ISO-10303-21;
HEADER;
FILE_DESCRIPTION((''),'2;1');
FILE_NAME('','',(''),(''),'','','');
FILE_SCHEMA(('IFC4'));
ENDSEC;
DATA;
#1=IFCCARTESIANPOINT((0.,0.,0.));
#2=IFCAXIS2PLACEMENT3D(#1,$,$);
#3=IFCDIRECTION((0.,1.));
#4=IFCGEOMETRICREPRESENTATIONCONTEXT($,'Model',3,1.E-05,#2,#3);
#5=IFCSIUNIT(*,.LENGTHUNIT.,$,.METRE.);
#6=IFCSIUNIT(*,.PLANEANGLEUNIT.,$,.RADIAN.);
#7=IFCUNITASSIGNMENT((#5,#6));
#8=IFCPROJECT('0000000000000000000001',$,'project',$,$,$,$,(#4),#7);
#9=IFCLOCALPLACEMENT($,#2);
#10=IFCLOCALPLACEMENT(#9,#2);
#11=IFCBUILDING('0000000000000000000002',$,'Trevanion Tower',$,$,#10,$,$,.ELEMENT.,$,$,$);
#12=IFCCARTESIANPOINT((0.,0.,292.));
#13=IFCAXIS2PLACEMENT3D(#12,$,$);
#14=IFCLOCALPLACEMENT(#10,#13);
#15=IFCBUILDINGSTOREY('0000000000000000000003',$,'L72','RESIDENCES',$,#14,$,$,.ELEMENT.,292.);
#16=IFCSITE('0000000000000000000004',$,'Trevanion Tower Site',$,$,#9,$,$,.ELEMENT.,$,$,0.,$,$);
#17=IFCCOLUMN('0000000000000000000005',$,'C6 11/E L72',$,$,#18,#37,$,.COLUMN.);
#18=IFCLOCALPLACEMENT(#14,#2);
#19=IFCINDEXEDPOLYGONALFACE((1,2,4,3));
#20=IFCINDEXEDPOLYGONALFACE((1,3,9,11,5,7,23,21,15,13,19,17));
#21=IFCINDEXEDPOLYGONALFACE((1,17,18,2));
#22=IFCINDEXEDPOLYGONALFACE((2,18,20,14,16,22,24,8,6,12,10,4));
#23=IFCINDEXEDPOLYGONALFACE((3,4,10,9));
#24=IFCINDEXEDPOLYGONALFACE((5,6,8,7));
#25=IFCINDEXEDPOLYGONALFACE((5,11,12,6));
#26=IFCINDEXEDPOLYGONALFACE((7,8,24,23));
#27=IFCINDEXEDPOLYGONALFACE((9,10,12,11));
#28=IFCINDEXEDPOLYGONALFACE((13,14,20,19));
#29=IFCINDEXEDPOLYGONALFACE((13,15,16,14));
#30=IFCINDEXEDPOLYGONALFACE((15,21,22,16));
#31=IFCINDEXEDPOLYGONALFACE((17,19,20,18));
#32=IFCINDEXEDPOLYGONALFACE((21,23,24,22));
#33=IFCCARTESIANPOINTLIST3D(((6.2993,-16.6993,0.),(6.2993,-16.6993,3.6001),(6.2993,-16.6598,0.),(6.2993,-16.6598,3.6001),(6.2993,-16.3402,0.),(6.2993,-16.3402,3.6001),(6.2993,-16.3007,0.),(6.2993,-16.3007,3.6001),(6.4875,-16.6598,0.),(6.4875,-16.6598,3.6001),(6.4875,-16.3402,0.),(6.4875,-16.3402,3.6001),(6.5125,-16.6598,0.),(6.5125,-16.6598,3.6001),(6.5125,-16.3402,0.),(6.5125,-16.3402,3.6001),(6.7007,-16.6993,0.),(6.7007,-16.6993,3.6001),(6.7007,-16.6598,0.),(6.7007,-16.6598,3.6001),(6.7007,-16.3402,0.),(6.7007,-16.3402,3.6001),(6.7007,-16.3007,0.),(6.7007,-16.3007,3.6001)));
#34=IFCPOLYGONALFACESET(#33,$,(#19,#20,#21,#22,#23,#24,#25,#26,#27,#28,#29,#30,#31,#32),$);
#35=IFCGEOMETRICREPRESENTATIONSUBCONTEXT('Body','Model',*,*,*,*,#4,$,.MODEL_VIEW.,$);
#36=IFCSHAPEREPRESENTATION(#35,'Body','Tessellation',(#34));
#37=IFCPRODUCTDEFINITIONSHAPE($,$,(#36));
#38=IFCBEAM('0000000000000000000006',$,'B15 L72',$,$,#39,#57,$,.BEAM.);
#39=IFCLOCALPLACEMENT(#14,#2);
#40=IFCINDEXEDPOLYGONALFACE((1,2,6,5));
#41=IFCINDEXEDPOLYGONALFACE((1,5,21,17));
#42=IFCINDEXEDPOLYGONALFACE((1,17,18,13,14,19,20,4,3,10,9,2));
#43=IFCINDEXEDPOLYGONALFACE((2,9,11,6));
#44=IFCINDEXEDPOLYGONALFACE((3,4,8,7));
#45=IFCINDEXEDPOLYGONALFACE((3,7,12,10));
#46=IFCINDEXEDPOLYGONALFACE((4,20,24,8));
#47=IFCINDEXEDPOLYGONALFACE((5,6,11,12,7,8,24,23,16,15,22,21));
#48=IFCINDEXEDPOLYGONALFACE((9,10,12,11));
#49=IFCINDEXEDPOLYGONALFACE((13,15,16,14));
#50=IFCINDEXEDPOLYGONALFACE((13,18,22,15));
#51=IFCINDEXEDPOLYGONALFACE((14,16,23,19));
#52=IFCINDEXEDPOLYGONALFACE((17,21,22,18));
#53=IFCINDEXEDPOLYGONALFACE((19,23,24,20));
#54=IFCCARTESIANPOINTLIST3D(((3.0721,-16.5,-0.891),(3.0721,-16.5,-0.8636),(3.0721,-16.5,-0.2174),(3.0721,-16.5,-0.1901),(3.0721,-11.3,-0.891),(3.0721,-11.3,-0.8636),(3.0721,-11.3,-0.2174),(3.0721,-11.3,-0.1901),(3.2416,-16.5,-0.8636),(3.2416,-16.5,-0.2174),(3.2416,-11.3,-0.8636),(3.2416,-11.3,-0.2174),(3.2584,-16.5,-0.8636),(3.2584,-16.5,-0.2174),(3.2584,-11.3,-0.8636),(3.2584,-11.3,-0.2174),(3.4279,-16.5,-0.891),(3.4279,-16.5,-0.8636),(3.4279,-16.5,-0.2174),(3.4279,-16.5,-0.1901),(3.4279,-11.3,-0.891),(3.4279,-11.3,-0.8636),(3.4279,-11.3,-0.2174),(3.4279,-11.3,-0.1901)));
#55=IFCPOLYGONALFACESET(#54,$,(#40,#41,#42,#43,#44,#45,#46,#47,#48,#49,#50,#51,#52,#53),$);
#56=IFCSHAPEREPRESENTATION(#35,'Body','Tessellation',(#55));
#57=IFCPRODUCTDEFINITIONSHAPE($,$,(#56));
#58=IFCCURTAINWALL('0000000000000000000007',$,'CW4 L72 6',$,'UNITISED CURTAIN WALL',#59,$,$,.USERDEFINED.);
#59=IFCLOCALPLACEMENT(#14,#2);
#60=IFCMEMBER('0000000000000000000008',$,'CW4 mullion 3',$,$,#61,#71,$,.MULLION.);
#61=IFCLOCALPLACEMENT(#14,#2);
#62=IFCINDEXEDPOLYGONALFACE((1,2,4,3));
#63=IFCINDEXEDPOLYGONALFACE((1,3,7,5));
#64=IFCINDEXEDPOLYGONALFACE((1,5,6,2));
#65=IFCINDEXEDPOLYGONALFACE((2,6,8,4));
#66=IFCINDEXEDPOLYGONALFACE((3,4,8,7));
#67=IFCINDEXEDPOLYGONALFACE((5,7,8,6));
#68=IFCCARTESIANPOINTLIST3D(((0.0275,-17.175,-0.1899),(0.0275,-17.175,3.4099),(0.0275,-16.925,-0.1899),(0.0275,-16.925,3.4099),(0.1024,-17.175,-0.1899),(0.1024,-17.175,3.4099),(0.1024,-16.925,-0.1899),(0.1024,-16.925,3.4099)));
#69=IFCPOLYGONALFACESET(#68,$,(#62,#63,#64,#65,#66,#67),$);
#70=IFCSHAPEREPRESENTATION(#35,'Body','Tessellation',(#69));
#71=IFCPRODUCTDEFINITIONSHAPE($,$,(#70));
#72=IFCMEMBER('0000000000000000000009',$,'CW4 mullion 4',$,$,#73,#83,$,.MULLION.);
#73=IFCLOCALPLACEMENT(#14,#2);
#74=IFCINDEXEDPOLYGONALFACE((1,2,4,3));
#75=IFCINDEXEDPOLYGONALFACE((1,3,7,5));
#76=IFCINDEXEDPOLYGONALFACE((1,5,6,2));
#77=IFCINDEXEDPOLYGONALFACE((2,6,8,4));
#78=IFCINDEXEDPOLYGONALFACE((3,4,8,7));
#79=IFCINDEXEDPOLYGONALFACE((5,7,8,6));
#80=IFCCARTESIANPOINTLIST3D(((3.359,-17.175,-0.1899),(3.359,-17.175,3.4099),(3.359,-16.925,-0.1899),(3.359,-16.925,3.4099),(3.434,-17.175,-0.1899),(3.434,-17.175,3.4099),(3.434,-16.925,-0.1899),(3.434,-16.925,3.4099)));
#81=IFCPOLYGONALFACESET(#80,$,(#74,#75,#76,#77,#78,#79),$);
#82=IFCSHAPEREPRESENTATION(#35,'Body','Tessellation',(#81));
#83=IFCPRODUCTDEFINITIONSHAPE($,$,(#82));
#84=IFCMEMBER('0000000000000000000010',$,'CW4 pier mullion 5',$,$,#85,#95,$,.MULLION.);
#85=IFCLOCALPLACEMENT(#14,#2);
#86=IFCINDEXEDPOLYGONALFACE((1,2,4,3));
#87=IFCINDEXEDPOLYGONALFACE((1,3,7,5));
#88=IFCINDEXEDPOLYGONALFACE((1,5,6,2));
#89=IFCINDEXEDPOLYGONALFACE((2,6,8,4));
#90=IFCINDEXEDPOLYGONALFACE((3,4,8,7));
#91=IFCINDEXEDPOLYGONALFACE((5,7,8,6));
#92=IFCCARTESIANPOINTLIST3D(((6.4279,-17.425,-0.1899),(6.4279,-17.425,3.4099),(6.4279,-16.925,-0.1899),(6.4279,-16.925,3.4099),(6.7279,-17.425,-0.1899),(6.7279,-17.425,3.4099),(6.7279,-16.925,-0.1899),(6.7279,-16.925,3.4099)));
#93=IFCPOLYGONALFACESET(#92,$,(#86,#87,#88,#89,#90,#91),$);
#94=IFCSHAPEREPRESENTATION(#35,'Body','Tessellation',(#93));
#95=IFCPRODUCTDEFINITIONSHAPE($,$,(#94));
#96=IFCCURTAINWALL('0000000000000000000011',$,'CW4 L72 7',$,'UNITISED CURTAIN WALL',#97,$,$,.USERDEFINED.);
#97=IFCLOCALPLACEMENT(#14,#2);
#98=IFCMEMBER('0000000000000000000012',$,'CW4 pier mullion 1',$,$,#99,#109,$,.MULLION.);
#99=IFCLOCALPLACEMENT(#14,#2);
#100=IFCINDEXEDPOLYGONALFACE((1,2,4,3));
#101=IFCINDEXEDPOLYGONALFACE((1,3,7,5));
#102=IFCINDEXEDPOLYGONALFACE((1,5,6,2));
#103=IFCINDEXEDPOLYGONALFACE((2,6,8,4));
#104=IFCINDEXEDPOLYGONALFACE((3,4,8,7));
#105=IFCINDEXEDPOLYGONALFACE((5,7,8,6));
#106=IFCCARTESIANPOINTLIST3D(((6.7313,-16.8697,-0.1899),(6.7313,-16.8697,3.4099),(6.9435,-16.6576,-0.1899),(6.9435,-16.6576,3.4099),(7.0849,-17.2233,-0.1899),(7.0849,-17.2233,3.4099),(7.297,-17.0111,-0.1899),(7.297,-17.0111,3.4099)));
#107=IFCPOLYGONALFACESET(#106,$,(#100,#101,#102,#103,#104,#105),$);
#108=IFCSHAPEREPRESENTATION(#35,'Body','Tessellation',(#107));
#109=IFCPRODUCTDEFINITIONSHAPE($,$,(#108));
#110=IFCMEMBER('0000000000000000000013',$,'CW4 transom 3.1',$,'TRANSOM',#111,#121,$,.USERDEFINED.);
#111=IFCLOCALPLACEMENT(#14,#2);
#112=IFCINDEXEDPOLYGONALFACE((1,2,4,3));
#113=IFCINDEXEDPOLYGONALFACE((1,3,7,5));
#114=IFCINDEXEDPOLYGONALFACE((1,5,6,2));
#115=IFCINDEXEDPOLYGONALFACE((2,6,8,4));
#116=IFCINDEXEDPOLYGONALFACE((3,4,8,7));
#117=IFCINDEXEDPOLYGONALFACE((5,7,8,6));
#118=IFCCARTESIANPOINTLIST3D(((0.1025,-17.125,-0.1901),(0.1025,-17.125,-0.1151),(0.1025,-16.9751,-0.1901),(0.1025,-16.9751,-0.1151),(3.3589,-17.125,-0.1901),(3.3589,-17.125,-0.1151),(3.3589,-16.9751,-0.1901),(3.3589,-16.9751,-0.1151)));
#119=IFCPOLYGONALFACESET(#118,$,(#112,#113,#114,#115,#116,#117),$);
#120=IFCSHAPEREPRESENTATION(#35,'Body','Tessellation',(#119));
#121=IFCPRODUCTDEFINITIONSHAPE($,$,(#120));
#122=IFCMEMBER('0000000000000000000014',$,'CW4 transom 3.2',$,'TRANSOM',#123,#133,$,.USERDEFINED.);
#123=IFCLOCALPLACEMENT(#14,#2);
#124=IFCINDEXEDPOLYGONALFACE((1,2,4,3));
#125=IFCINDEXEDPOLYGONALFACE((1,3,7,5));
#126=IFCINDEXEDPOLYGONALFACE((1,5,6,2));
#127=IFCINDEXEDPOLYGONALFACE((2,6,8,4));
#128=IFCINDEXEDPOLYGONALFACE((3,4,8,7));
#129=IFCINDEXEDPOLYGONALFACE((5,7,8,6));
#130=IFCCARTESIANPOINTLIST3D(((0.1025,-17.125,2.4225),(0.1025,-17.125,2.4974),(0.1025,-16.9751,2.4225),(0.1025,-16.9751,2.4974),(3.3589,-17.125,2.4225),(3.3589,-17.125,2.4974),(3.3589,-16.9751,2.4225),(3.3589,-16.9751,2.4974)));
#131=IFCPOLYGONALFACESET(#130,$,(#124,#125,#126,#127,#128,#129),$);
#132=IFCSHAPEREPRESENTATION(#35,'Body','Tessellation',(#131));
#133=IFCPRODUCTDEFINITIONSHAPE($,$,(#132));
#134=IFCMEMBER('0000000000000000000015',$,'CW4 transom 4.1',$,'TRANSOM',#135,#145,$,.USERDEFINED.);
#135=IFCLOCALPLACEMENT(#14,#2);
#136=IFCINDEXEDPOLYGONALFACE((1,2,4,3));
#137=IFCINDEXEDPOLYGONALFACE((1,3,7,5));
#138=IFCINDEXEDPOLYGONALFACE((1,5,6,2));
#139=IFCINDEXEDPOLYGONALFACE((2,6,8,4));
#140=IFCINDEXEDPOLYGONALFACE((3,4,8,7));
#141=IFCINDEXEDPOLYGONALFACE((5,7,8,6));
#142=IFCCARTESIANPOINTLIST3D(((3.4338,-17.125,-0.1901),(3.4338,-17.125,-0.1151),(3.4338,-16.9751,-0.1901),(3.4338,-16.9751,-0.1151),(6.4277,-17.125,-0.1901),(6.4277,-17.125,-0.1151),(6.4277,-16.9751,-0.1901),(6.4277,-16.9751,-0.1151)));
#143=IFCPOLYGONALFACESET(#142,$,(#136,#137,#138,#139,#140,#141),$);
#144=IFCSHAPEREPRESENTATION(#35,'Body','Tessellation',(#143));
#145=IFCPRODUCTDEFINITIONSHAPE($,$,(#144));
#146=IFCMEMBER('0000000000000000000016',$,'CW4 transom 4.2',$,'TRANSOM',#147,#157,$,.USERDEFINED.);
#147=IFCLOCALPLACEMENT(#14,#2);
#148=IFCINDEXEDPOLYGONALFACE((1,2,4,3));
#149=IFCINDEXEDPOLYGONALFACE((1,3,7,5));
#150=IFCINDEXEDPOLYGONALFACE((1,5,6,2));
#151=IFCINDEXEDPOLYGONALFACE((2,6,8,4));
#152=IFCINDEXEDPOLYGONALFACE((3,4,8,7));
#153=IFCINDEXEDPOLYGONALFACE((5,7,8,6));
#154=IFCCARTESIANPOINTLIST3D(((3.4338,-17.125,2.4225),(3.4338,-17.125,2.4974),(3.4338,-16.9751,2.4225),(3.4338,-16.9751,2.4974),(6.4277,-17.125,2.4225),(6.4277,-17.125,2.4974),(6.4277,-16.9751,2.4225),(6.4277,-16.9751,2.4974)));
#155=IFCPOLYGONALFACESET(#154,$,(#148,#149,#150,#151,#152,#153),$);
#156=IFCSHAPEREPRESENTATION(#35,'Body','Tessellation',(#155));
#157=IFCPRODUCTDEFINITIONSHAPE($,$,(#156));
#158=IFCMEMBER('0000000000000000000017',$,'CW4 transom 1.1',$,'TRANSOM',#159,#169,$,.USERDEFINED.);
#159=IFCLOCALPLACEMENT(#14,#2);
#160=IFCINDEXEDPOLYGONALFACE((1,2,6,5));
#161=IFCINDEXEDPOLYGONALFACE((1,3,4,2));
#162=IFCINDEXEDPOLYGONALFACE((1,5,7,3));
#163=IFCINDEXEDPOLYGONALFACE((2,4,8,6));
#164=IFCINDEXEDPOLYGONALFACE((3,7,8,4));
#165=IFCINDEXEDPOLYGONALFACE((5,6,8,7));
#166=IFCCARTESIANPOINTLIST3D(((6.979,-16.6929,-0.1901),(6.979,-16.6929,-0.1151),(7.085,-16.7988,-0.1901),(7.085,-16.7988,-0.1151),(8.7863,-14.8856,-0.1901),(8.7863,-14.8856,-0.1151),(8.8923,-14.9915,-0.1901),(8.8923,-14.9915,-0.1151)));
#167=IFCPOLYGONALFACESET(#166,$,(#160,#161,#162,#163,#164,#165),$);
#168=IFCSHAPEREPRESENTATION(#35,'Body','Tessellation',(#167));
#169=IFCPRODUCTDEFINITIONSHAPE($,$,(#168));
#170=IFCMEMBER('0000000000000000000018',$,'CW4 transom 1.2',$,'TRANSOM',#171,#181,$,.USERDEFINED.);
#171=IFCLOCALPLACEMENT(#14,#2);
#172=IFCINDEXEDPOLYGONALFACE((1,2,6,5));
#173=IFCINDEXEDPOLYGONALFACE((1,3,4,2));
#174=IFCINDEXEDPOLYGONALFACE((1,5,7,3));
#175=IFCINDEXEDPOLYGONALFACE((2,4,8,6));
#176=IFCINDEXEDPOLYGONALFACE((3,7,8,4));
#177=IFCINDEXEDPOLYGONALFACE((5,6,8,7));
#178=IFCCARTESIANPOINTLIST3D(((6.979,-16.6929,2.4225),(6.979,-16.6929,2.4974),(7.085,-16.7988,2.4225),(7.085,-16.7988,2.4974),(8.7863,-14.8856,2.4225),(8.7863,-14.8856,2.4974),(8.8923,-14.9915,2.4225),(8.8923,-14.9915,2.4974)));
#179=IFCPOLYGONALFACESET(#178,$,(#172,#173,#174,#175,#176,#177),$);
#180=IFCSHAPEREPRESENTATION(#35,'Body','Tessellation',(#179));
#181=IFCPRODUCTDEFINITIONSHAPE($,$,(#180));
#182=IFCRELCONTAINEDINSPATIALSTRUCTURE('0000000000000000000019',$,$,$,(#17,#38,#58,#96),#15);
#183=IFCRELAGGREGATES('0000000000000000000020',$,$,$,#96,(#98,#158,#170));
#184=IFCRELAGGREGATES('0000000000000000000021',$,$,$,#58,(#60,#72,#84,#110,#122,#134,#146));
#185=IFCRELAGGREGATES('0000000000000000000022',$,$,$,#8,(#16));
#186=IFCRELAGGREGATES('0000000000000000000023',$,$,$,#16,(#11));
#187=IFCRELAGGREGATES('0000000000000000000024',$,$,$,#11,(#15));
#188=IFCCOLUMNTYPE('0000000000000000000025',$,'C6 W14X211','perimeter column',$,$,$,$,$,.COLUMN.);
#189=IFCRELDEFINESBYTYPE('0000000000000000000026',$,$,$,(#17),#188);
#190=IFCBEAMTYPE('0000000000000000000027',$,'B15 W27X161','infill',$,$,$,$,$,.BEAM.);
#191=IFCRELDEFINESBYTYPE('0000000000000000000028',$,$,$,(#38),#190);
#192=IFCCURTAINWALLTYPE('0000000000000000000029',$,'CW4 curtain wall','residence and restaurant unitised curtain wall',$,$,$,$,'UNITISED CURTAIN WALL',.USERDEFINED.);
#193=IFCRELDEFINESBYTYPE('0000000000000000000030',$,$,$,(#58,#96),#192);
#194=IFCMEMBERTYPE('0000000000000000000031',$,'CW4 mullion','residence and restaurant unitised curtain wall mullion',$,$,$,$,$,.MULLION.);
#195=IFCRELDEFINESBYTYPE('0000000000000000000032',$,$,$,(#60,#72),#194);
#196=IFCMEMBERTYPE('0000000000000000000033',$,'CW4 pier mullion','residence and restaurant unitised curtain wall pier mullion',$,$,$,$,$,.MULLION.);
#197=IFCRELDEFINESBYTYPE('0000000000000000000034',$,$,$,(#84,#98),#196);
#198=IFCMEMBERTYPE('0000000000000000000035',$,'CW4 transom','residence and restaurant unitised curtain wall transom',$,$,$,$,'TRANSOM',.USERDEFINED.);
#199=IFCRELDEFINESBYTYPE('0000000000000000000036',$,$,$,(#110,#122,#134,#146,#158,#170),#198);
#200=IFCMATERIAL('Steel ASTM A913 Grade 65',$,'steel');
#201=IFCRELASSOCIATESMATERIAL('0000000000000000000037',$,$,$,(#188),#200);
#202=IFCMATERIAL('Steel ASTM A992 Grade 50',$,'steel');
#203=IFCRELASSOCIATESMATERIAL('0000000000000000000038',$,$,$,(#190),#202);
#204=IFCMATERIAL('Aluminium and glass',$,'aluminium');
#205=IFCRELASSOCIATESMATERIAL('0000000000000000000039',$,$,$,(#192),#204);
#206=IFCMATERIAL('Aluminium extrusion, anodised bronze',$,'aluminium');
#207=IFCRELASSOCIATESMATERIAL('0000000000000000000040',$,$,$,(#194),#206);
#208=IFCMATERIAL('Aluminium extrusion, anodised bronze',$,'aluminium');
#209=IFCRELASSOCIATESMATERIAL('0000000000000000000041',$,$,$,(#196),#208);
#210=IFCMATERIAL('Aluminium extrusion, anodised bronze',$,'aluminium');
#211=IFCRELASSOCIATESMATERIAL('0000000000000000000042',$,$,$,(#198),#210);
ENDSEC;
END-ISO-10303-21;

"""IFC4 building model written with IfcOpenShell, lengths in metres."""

from ifc_helpers import new_model, si_unit, direction, frame, origin, origin_2d, place, context, subcontext, project, spatial, rectangle, i_section, extrude, material, material_profile, profile_set, type_object, element, aggregate, save


model = new_model("IFC4")

# Units and contexts
model_context = context("Model", 3, precision=1e-05, world=origin(), true_north=direction((0.0, 1.0)))
body_context = subcontext(model_context, "Body", "Model", "MODEL_VIEW")
ifc_project = project(units=[si_unit("LENGTHUNIT", "METRE"), si_unit("PLANEANGLEUNIT", "RADIAN")], contexts=[model_context])

# Site, building, storey
site_placement = place(None, origin())
site = spatial("IfcSite", under=ifc_project, at=site_placement, Name="Trevanion Tower Site", CompositionType="ELEMENT", RefElevation=0.0)
building_placement = place(site_placement, origin())
building = spatial("IfcBuilding", under=site, at=building_placement, Name="Trevanion Tower", CompositionType="ELEMENT")
storey_placement = place(building_placement, frame((0.0, 0.0, 292.0)))
storey = spatial("IfcBuildingStorey", under=building, at=storey_placement, Name="L72", Description="RESIDENCES", CompositionType="ELEMENT", Elevation=292.0)

# Column
ifc_material_1 = material(Name="Steel ASTM A913 Grade 65", Category="steel")
ifc_material_profile_1 = material_profile(ifc_material_1, i_section(OverallWidth=0.4014, OverallDepth=0.3987, WebThickness=0.0249, FlangeThickness=0.0396, at=origin_2d()), Name="W14X211")
ifc_profile_set_1 = profile_set([ifc_material_profile_1], Name="Steel ASTM A913 Grade 65")
column_type = type_object("IfcColumnType", Name="C6 W14X211", Description="perimeter column", PredefinedType="COLUMN", material=ifc_profile_set_1)
column_placement = place(storey_placement, frame((6.5, -16.5, 0.0), z_axis=(0.0, 0.0, 1.0), x_axis=(1.0, 0.0, 0.0)))
element("IfcColumn", 1, at=column_placement, inside=storey, type_object=column_type, Name="C6 11/E L72", PredefinedType="COLUMN", context=body_context, shape_type="SweptSolid", body=[
    extrude(i_section(OverallWidth=0.4014, OverallDepth=0.3987, WebThickness=0.0249, FlangeThickness=0.0396, at=origin_2d()), origin(), (0.0, 0.0, 1.0), 3.6001),
])

# Beam
ifc_material_2 = material(Name="Steel ASTM A992 Grade 50", Category="steel")
ifc_material_profile_2 = material_profile(ifc_material_2, i_section(OverallWidth=0.3557, OverallDepth=0.7009, WebThickness=0.0168, FlangeThickness=0.0273, at=origin_2d()), Name="W27X161")
ifc_profile_set_2 = profile_set([ifc_material_profile_2], Name="Steel ASTM A992 Grade 50")
beam_type_1 = type_object("IfcBeamType", Name="B15 W27X161", Description="infill", PredefinedType="BEAM", material=ifc_profile_set_2)
beam_1_placement = place(storey_placement, frame((3.25, -11.3, -0.5405), z_axis=(0.0, -1.0, 0.0), x_axis=(1.0, 0.0, 0.0)))
element("IfcBeam", 2, at=beam_1_placement, inside=storey, type_object=beam_type_1, Name="B15 L72", PredefinedType="BEAM", context=body_context, shape_type="SweptSolid", body=[
    extrude(i_section(OverallWidth=0.3557, OverallDepth=0.7009, WebThickness=0.0168, FlangeThickness=0.0273, at=origin_2d()), origin(), (0.0, 0.0, 1.0), 5.2),
])

# Curtain wall, members
ifc_material_3 = material(Name="Aluminium and glass", Category="aluminium")
curtain_wall_type = type_object("IfcCurtainWallType", Name="CW4 curtain wall", Description="residence and restaurant unitised curtain wall", ElementType="UNITISED CURTAIN WALL", PredefinedType="USERDEFINED", material=ifc_material_3)
curtain_wall_1_placement = place(storey_placement, origin())
curtain_wall_1 = element("IfcCurtainWall", 3, at=curtain_wall_1_placement, inside=storey, type_object=curtain_wall_type, Name="CW4 L72 6", ObjectType="UNITISED CURTAIN WALL", PredefinedType="USERDEFINED")
ifc_material_4 = material(Name="Aluminium extrusion, anodised bronze", Category="aluminium")
ifc_material_profile_3 = material_profile(ifc_material_4, rectangle(XDim=0.075, YDim=0.25, at=origin_2d()), Name="CW4 mullion")
ifc_profile_set_3 = profile_set([ifc_material_profile_3], Name="Aluminium extrusion, anodised bronze")
member_type_1 = type_object("IfcMemberType", Name="CW4 mullion", Description="residence and restaurant unitised curtain wall mullion", PredefinedType="MULLION", material=ifc_profile_set_3)
member_1_placement = place(storey_placement, frame((0.0649, -17.05, -0.1899), z_axis=(0.0, 0.0, 1.0), x_axis=(1.0, 0.0, 0.0)))
member_1 = element("IfcMember", 4, at=member_1_placement, type_object=member_type_1, Name="CW4 mullion 3", PredefinedType="MULLION", context=body_context, shape_type="SweptSolid", body=[
    extrude(rectangle(XDim=0.075, YDim=0.25, at=origin_2d()), origin(), (0.0, 0.0, 1.0), 3.5999),
])
member_2_placement = place(storey_placement, frame((3.3965, -17.05, -0.1899), z_axis=(0.0, 0.0, 1.0), x_axis=(1.0, 0.0, 0.0)))
member_2 = element("IfcMember", 5, at=member_2_placement, type_object=member_type_1, Name="CW4 mullion 4", PredefinedType="MULLION", context=body_context, shape_type="SweptSolid", body=[
    extrude(rectangle(XDim=0.075, YDim=0.25, at=origin_2d()), origin(), (0.0, 0.0, 1.0), 3.5999),
])
ifc_material_5 = material(Name="Aluminium extrusion, anodised bronze", Category="aluminium")
ifc_material_profile_4 = material_profile(ifc_material_5, rectangle(XDim=0.3, YDim=0.5, at=origin_2d()), Name="CW4 pier mullion")
ifc_profile_set_4 = profile_set([ifc_material_profile_4], Name="Aluminium extrusion, anodised bronze")
member_type_2 = type_object("IfcMemberType", Name="CW4 pier mullion", Description="residence and restaurant unitised curtain wall pier mullion", PredefinedType="MULLION", material=ifc_profile_set_4)
member_3_placement = place(storey_placement, frame((6.5779, -17.175, -0.1899), z_axis=(0.0, 0.0, 1.0), x_axis=(1.0, 0.0, 0.0)))
member_3 = element("IfcMember", 6, at=member_3_placement, type_object=member_type_2, Name="CW4 pier mullion 5", PredefinedType="MULLION", context=body_context, shape_type="SweptSolid", body=[
    extrude(rectangle(XDim=0.3, YDim=0.5, at=origin_2d()), origin(), (0.0, 0.0, 1.0), 3.5999),
])

# Curtain wall, member
curtain_wall_2_placement = place(storey_placement, origin())
curtain_wall_2 = element("IfcCurtainWall", 7, at=curtain_wall_2_placement, inside=storey, type_object=curtain_wall_type, Name="CW4 L72 7", ObjectType="UNITISED CURTAIN WALL", PredefinedType="USERDEFINED")
member_4_placement = place(storey_placement, frame((7.0142, -16.9404, -0.1899), z_axis=(0.0, 0.0, 1.0), x_axis=(0.707107, 0.707107, 0.0)))
member_4 = element("IfcMember", 8, at=member_4_placement, type_object=member_type_2, Name="CW4 pier mullion 1", PredefinedType="MULLION", context=body_context, shape_type="SweptSolid", body=[
    extrude(rectangle(XDim=0.3, YDim=0.5, at=origin_2d()), origin(), (0.0, 0.0, 1.0), 3.5999),
])

# Members
ifc_material_6 = material(Name="Aluminium extrusion, anodised bronze", Category="aluminium")
ifc_material_profile_5 = material_profile(ifc_material_6, rectangle(XDim=0.1499, YDim=0.075, at=origin_2d()), Name="CW4 transom")
ifc_profile_set_5 = profile_set([ifc_material_profile_5], Name="Aluminium extrusion, anodised bronze")
member_type_3 = type_object("IfcMemberType", Name="CW4 transom", Description="residence and restaurant unitised curtain wall transom", ElementType="TRANSOM", PredefinedType="USERDEFINED", material=ifc_profile_set_5)
member_5_placement = place(storey_placement, frame((0.1025, -17.05, -0.1526), z_axis=(1.0, 0.0, 0.0), x_axis=(0.0, 1.0, 0.0)))
member_5 = element("IfcMember", 9, at=member_5_placement, type_object=member_type_3, Name="CW4 transom 3.1", ObjectType="TRANSOM", PredefinedType="USERDEFINED", context=body_context, shape_type="SweptSolid", body=[
    extrude(rectangle(XDim=0.1499, YDim=0.075, at=origin_2d()), origin(), (0.0, 0.0, 1.0), 3.2563),
])
member_6_placement = place(storey_placement, frame((0.1025, -17.05, 2.46), z_axis=(1.0, 0.0, 0.0), x_axis=(0.0, 1.0, 0.0)))
member_6 = element("IfcMember", 10, at=member_6_placement, type_object=member_type_3, Name="CW4 transom 3.2", ObjectType="TRANSOM", PredefinedType="USERDEFINED", context=body_context, shape_type="SweptSolid", body=[
    extrude(rectangle(XDim=0.1499, YDim=0.075, at=origin_2d()), origin(), (0.0, 0.0, 1.0), 3.2563),
])
member_7_placement = place(storey_placement, frame((3.4338, -17.05, -0.1526), z_axis=(1.0, 0.0, 0.0), x_axis=(0.0, 1.0, 0.0)))
member_7 = element("IfcMember", 11, at=member_7_placement, type_object=member_type_3, Name="CW4 transom 4.1", ObjectType="TRANSOM", PredefinedType="USERDEFINED", context=body_context, shape_type="SweptSolid", body=[
    extrude(rectangle(XDim=0.1499, YDim=0.075, at=origin_2d()), origin(), (0.0, 0.0, 1.0), 2.9939),
])
member_8_placement = place(storey_placement, frame((3.4338, -17.05, 2.46), z_axis=(1.0, 0.0, 0.0), x_axis=(0.0, 1.0, 0.0)))
member_8 = element("IfcMember", 12, at=member_8_placement, type_object=member_type_3, Name="CW4 transom 4.2", ObjectType="TRANSOM", PredefinedType="USERDEFINED", context=body_context, shape_type="SweptSolid", body=[
    extrude(rectangle(XDim=0.1499, YDim=0.075, at=origin_2d()), origin(), (0.0, 0.0, 1.0), 2.9939),
])
member_9_placement = place(storey_placement, frame((7.032, -16.7458, -0.1526), z_axis=(0.707107, 0.707107, 0.0), x_axis=(-0.707107, 0.707107, 0.0)))
member_9 = element("IfcMember", 13, at=member_9_placement, type_object=member_type_3, Name="CW4 transom 1.1", ObjectType="TRANSOM", PredefinedType="USERDEFINED", context=body_context, shape_type="SweptSolid", body=[
    extrude(rectangle(XDim=0.1499, YDim=0.075, at=origin_2d()), origin(), (0.0, 0.0, 1.0), 2.5559),
])
member_10_placement = place(storey_placement, frame((7.032, -16.7458, 2.46), z_axis=(0.707107, 0.707107, 0.0), x_axis=(-0.707107, 0.707107, 0.0)))
member_10 = element("IfcMember", 14, at=member_10_placement, type_object=member_type_3, Name="CW4 transom 1.2", ObjectType="TRANSOM", PredefinedType="USERDEFINED", context=body_context, shape_type="SweptSolid", body=[
    extrude(rectangle(XDim=0.1499, YDim=0.075, at=origin_2d()), origin(), (0.0, 0.0, 1.0), 2.5559),
])
aggregate(curtain_wall_2, [member_4, member_9, member_10])

aggregate(curtain_wall_1, [member_1, member_2, member_3, member_5, member_6, member_7, member_8])

save(model, "model.ifc")
